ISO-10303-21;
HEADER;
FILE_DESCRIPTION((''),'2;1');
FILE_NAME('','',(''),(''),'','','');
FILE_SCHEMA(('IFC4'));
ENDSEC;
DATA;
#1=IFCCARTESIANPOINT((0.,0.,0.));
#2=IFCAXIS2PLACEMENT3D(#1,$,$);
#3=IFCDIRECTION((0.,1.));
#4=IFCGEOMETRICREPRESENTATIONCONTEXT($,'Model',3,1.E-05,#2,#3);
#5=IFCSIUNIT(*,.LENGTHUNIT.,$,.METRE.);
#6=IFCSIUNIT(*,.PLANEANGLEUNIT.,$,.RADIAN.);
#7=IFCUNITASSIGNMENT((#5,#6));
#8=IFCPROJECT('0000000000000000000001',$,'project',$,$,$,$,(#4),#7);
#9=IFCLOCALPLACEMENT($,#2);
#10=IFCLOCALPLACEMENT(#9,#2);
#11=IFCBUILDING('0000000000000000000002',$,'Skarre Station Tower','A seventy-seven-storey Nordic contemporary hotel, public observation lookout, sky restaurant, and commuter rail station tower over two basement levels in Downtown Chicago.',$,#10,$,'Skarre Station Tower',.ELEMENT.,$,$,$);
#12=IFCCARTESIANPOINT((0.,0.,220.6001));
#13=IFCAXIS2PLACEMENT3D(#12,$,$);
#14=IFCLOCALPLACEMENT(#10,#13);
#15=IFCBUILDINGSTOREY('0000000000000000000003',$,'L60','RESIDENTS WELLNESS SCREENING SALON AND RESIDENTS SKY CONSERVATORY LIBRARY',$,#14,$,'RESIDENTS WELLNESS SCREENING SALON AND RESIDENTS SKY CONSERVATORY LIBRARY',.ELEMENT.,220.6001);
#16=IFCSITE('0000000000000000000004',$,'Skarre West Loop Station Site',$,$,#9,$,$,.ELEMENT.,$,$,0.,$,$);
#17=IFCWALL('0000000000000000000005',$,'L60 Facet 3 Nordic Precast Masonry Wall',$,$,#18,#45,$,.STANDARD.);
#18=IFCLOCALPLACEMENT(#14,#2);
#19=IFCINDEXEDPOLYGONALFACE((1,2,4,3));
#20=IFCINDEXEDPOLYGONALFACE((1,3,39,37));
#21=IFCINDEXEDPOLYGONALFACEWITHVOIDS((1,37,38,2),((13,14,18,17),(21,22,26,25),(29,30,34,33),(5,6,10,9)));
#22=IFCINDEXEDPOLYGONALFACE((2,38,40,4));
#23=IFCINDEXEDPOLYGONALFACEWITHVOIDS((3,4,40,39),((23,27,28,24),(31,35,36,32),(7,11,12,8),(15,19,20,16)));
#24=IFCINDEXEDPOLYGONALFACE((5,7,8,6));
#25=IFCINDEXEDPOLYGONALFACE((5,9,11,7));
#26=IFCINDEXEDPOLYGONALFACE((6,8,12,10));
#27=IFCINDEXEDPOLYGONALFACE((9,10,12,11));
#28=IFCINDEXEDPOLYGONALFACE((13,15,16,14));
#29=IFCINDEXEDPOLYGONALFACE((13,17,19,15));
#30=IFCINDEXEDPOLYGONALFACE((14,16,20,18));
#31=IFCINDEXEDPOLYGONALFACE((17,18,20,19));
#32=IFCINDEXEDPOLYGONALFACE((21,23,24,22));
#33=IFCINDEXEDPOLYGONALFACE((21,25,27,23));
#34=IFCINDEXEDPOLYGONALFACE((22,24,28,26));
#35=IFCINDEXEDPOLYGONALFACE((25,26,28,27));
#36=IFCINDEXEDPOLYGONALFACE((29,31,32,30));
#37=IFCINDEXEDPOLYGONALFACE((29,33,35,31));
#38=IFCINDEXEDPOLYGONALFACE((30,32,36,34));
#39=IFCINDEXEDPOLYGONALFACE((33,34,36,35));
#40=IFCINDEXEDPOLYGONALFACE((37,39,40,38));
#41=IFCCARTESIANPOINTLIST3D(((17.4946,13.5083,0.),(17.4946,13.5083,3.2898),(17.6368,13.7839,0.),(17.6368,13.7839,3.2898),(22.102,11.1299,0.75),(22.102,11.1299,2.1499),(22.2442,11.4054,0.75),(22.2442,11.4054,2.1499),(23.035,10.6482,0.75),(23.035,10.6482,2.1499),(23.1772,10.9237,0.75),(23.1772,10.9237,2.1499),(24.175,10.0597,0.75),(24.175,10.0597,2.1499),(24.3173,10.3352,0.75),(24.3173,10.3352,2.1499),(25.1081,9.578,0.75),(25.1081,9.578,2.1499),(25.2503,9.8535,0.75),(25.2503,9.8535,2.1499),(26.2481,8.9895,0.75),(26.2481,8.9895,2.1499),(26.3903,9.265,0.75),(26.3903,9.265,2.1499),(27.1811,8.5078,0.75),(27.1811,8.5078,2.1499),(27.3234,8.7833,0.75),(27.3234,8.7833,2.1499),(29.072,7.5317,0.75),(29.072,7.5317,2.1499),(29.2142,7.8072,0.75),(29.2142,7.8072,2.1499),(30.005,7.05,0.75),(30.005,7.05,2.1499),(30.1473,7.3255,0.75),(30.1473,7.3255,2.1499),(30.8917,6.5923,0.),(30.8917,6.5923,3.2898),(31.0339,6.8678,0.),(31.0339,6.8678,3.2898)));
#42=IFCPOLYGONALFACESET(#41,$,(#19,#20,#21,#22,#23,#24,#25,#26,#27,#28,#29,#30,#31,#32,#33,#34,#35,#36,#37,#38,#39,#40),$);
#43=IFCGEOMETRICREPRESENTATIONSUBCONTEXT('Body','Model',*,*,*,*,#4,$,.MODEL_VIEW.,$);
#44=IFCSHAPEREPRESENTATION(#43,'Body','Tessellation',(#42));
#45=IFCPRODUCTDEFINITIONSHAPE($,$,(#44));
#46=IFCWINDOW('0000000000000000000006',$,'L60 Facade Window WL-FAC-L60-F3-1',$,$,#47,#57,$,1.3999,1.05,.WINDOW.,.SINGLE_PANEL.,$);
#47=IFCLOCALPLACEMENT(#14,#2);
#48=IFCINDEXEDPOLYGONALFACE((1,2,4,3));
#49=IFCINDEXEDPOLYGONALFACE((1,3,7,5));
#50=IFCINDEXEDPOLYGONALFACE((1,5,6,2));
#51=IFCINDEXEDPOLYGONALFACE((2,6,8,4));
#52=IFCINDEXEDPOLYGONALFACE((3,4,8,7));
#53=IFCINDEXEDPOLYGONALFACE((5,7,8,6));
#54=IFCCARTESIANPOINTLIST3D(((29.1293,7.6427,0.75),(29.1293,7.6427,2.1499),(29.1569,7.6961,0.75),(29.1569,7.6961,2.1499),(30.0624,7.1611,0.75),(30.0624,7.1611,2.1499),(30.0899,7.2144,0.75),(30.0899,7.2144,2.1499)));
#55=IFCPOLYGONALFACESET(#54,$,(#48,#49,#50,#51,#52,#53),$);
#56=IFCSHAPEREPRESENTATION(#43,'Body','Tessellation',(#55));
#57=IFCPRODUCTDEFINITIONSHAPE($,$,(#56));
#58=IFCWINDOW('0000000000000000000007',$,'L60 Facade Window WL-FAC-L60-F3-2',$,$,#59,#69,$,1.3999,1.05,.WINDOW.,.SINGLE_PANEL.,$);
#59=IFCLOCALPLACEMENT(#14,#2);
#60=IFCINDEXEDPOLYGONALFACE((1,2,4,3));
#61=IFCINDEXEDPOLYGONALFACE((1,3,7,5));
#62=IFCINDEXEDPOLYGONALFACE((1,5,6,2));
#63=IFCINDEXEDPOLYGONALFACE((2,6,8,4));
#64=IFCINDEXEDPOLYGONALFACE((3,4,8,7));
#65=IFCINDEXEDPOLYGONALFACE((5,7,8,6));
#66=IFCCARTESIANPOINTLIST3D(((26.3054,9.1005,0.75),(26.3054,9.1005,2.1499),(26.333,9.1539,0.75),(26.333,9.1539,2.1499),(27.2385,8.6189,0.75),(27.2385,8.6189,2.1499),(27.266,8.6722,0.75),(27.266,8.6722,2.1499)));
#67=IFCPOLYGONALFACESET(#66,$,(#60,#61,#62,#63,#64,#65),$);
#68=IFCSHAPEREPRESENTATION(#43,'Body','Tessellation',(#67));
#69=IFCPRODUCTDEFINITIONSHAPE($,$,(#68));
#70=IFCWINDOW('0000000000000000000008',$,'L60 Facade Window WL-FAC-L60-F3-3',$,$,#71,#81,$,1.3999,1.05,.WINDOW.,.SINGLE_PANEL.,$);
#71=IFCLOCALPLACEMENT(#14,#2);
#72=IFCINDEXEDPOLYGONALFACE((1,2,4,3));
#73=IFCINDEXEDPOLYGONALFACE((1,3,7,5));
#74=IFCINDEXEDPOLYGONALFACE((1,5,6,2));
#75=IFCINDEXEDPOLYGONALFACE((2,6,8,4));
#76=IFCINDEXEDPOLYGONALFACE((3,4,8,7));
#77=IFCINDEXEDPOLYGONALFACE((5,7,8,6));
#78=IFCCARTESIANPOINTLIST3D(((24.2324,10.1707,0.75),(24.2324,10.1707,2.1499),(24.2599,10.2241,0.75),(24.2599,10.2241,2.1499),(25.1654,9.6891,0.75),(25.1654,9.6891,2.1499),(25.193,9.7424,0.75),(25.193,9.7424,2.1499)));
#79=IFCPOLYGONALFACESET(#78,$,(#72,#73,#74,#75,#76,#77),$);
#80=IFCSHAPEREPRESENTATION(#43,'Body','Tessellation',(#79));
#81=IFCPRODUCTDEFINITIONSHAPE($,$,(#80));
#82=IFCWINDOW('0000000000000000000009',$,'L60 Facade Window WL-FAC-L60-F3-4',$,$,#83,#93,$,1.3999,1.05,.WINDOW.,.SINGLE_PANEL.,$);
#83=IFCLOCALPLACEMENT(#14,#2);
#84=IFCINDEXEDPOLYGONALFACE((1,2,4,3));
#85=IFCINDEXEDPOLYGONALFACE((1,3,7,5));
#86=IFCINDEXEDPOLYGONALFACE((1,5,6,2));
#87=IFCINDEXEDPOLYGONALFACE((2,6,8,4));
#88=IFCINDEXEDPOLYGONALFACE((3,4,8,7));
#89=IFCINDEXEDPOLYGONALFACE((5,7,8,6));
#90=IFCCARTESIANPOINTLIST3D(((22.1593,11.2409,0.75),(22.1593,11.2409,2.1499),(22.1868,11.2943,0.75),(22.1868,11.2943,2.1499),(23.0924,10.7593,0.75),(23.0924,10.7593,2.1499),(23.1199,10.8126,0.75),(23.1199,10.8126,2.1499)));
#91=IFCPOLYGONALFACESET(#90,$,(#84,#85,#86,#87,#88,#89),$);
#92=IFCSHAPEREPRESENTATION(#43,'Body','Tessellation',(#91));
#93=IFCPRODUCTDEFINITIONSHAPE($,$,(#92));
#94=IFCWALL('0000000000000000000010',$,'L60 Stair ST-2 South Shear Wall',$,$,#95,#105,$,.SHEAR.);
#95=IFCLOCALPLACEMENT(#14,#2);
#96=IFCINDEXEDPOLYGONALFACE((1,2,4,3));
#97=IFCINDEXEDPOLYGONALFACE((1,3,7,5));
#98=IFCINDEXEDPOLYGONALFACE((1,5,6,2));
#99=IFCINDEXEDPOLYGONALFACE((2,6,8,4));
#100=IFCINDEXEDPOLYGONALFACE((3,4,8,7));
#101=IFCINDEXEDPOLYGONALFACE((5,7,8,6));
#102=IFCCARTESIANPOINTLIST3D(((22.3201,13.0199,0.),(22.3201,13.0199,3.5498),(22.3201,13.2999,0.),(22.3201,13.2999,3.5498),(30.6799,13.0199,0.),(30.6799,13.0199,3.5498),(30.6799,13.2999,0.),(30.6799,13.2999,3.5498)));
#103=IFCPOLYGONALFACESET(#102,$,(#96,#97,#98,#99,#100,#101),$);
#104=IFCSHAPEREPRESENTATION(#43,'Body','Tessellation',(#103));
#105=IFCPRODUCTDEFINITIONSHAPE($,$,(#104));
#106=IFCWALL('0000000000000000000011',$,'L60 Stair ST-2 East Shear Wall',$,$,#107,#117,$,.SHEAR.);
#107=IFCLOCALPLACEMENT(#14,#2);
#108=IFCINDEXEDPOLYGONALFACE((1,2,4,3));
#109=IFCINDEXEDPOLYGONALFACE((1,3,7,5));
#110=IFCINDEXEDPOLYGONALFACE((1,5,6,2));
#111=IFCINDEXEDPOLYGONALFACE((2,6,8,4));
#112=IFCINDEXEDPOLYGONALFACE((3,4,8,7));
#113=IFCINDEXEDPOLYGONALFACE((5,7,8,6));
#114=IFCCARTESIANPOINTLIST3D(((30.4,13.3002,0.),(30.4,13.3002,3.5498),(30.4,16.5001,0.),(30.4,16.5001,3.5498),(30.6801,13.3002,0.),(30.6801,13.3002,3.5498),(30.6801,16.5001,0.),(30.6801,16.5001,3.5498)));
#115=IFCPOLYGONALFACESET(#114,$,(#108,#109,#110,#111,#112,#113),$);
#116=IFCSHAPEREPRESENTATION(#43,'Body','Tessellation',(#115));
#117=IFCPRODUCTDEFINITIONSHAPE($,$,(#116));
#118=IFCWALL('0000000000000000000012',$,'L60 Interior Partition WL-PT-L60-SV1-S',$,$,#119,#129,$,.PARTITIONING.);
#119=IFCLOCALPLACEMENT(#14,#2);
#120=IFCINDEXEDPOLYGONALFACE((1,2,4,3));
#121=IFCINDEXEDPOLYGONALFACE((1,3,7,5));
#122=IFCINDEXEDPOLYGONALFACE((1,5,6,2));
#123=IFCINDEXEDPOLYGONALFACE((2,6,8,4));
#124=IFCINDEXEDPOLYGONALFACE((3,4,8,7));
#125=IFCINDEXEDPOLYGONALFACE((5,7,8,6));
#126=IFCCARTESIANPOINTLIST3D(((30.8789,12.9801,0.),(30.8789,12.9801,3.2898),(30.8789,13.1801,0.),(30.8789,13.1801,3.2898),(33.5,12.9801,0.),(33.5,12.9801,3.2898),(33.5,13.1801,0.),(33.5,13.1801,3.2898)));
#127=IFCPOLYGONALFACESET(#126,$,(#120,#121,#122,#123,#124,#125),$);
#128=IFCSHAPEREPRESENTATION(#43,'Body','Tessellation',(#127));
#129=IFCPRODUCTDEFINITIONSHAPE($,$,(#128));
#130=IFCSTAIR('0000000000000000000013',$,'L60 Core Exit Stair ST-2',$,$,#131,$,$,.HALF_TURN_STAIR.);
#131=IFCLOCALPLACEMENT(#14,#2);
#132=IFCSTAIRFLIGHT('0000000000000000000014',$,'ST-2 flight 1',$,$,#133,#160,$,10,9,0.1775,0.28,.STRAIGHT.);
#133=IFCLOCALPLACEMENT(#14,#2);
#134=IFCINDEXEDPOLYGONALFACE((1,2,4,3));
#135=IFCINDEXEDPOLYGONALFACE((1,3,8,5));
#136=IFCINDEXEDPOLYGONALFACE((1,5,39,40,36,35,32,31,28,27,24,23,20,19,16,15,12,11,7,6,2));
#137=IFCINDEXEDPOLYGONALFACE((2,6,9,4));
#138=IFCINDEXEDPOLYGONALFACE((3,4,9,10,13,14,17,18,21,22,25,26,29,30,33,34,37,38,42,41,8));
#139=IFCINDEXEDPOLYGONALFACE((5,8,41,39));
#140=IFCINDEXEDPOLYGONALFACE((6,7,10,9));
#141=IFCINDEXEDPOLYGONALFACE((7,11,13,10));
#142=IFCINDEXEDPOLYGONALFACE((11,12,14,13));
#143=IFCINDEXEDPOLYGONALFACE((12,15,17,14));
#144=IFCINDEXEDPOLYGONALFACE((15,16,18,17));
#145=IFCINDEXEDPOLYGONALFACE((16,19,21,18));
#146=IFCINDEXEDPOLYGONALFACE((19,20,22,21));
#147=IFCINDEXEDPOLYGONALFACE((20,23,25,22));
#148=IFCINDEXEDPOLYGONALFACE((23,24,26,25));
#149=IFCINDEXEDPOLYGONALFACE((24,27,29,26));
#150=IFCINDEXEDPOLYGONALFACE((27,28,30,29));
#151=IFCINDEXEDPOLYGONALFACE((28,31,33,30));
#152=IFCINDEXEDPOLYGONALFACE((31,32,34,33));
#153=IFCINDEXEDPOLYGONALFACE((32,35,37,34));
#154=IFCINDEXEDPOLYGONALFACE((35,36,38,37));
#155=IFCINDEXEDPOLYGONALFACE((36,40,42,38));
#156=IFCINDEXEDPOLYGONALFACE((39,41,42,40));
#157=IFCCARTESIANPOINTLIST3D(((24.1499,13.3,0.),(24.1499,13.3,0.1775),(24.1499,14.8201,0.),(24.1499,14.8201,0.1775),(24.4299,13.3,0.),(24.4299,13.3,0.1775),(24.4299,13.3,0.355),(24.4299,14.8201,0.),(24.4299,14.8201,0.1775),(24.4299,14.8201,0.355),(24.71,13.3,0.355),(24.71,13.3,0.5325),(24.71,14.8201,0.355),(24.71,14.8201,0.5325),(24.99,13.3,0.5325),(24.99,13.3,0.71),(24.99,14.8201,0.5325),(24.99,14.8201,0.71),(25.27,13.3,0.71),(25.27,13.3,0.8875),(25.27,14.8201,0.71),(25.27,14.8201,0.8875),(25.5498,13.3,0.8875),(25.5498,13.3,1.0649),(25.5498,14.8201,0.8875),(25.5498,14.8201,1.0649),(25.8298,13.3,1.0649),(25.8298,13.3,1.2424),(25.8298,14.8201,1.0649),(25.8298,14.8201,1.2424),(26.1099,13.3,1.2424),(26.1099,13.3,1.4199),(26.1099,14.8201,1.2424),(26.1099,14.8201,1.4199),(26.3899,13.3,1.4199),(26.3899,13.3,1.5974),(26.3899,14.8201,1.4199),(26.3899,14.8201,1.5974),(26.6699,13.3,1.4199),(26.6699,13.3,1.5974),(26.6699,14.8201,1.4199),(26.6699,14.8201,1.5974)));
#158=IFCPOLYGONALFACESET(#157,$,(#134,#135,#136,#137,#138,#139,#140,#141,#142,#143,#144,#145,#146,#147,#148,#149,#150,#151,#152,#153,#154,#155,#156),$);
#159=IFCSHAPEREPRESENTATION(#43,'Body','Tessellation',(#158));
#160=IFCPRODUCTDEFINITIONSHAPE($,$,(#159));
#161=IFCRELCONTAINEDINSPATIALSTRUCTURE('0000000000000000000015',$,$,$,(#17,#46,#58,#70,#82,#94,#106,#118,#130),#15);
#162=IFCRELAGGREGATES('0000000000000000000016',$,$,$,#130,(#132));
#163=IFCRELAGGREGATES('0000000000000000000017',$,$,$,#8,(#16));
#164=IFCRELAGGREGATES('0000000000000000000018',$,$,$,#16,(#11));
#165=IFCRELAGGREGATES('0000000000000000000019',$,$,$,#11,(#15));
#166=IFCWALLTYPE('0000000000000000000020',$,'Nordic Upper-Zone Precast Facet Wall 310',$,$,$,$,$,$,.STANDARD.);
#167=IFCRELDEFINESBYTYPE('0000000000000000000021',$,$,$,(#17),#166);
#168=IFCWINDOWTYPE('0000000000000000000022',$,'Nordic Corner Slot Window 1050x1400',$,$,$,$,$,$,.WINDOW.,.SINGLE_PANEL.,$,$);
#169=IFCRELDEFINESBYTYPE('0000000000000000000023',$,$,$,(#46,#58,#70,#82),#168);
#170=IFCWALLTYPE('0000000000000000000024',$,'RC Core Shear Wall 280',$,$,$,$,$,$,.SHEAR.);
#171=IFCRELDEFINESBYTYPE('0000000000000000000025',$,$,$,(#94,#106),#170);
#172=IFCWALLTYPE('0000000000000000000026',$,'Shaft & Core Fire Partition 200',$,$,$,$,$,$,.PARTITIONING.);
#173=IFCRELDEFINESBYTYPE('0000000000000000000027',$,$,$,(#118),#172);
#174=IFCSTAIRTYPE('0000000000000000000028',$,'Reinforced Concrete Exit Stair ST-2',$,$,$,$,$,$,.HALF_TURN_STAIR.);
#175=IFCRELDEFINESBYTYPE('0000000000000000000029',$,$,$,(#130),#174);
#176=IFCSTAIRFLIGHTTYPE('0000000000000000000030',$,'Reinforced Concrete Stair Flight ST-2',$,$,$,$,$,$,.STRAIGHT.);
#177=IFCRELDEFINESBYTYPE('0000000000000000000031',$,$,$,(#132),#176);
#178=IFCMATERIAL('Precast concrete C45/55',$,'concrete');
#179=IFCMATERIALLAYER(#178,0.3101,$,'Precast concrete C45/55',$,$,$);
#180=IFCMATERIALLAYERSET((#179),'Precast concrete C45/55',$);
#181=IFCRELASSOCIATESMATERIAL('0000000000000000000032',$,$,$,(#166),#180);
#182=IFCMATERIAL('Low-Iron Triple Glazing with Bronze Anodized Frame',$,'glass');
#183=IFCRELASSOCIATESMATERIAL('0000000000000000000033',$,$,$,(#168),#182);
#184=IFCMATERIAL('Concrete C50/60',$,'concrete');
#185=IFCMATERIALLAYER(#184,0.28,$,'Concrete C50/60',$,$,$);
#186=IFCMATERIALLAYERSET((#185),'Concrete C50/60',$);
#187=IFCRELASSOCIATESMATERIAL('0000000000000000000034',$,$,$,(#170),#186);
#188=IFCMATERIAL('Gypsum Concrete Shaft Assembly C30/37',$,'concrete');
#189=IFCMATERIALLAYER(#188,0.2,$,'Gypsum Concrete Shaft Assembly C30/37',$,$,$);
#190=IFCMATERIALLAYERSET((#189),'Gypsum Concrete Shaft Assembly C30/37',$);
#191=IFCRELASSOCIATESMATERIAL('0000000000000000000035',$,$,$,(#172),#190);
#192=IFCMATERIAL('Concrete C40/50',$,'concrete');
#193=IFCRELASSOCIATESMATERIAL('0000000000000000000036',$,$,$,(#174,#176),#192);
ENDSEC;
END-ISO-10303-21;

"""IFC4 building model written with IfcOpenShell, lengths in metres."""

from ifc_helpers import new_model, si_unit, direction, frame, frame_2d, origin, place, context, subcontext, project, spatial, polyline, rectangle, outline, extrude, material, layer, layer_set, type_object, element, fill, aggregate, save


model = new_model("IFC4")

# Units and contexts
model_context = context("Model", 3, precision=1e-05, world=origin(), true_north=direction((0.0, 1.0)))
body_context = subcontext(model_context, "Body", "Model", "MODEL_VIEW")
ifc_project = project(units=[si_unit("LENGTHUNIT", "METRE"), si_unit("PLANEANGLEUNIT", "RADIAN")], contexts=[model_context])

# Site, building, storey
site_placement = place(None, origin())
site = spatial("IfcSite", under=ifc_project, at=site_placement, Name="Skarre West Loop Station Site", CompositionType="ELEMENT", RefElevation=0.0)
building_placement = place(site_placement, origin())
building = spatial("IfcBuilding", under=site, at=building_placement, Name="Skarre Station Tower", Description="A seventy-seven-storey Nordic contemporary hotel, public observation lookout, sky restaurant, and commuter rail station tower over two basement levels in Downtown Chicago.", LongName="Skarre Station Tower", CompositionType="ELEMENT")
storey_placement = place(building_placement, frame((0.0, 0.0, 220.6001)))
storey = spatial("IfcBuildingStorey", under=building, at=storey_placement, Name="L60", Description="RESIDENTS WELLNESS SCREENING SALON AND RESIDENTS SKY CONSERVATORY LIBRARY", LongName="RESIDENTS WELLNESS SCREENING SALON AND RESIDENTS SKY CONSERVATORY LIBRARY", CompositionType="ELEMENT", Elevation=220.6001)

# Shared definitions
ifc_material_1 = material(Name="Concrete C50/60", Category="concrete")

# Wall, openings, windows
ifc_material_2 = material(Name="Precast concrete C45/55", Category="concrete")
ifc_layer_1 = layer(ifc_material_2, 0.3101, Name="Precast concrete C45/55")
ifc_layer_set_1 = layer_set([ifc_layer_1], Name="Precast concrete C45/55")
wall_type_1 = type_object("IfcWallType", Name="Nordic Upper-Zone Precast Facet Wall 310", PredefinedType="STANDARD", material=ifc_layer_set_1)
wall_1_placement = place(storey_placement, frame((30.9629, 6.73, 0.0), z_axis=(0.0, 0.0, 1.0), x_axis=(-0.888581, 0.458719, 0.0)))
wall_1 = element("IfcWall", 1, at=wall_1_placement, inside=storey, type_object=wall_type_1, Name="L60 Facet 3 Nordic Precast Masonry Wall", PredefinedType="STANDARD", context=body_context, shape_type="SweptSolid", body=[
    extrude(rectangle(XDim=15.0769, YDim=0.3101, at=frame_2d((7.5386, 0.0))), origin(), (0.0, 0.0, 1.0), 3.2898),
])
opening_1_placement = place(wall_1_placement, frame((0.998, 0.0, 0.75)))
opening_1 = element("IfcOpeningElement", 2, at=opening_1_placement, cuts=wall_1, PredefinedType="OPENING", context=body_context, shape_type="SweptSolid", body=[
    extrude(rectangle(XDim=1.05, YDim=1.3999, at=frame_2d((0.5249, 0.7))), frame((0.0, 0.165, 0.0), z_axis=(0.0, -1.0, 0.0), x_axis=(1.0, 0.0, 0.0)), (0.0, 0.0, 1.0), 0.3301),
])
opening_2_placement = place(wall_1_placement, frame((4.176, 0.0, 0.75)))
opening_2 = element("IfcOpeningElement", 3, at=opening_2_placement, cuts=wall_1, PredefinedType="OPENING", context=body_context, shape_type="SweptSolid", body=[
    extrude(rectangle(XDim=1.05, YDim=1.3999, at=frame_2d((0.5249, 0.7))), frame((0.0, 0.165, 0.0), z_axis=(0.0, -1.0, 0.0), x_axis=(1.0, 0.0, 0.0)), (0.0, 0.0, 1.0), 0.3301),
])
opening_3_placement = place(wall_1_placement, frame((6.509, 0.0, 0.75)))
opening_3 = element("IfcOpeningElement", 4, at=opening_3_placement, cuts=wall_1, PredefinedType="OPENING", context=body_context, shape_type="SweptSolid", body=[
    extrude(rectangle(XDim=1.05, YDim=1.3999, at=frame_2d((0.5249, 0.7))), frame((0.0, 0.165, 0.0), z_axis=(0.0, -1.0, 0.0), x_axis=(1.0, 0.0, 0.0)), (0.0, 0.0, 1.0), 0.3301),
])
opening_4_placement = place(wall_1_placement, frame((8.842, 0.0, 0.75)))
opening_4 = element("IfcOpeningElement", 5, at=opening_4_placement, cuts=wall_1, PredefinedType="OPENING", context=body_context, shape_type="SweptSolid", body=[
    extrude(rectangle(XDim=1.05, YDim=1.3999, at=frame_2d((0.5249, 0.7))), frame((0.0, 0.165, 0.0), z_axis=(0.0, -1.0, 0.0), x_axis=(1.0, 0.0, 0.0)), (0.0, 0.0, 1.0), 0.3301),
])
ifc_material_3 = material(Name="Low-Iron Triple Glazing with Bronze Anodized Frame", Category="glass")
window_type = type_object("IfcWindowType", Name="Nordic Corner Slot Window 1050x1400", PartitioningType="SINGLE_PANEL", PredefinedType="WINDOW", material=ifc_material_3)
window_1_placement = place(opening_1_placement, origin())
window_1 = element("IfcWindow", 6, at=window_1_placement, inside=storey, type_object=window_type, Name="L60 Facade Window WL-FAC-L60-F3-1", OverallHeight=1.3999, OverallWidth=1.05, PartitioningType="SINGLE_PANEL", PredefinedType="WINDOW", context=body_context, shape_type="SweptSolid", body=[
    extrude(rectangle(XDim=1.05, YDim=1.3999, at=frame_2d((0.5249, 0.7))), frame((0.0, 0.03, 0.0), z_axis=(0.0, -1.0, 0.0), x_axis=(1.0, 0.0, 0.0)), (0.0, 0.0, 1.0), 0.0601),
])
fill(opening_1, window_1)
window_2_placement = place(opening_2_placement, origin())
window_2 = element("IfcWindow", 7, at=window_2_placement, inside=storey, type_object=window_type, Name="L60 Facade Window WL-FAC-L60-F3-2", OverallHeight=1.3999, OverallWidth=1.05, PartitioningType="SINGLE_PANEL", PredefinedType="WINDOW", context=body_context, shape_type="SweptSolid", body=[
    extrude(rectangle(XDim=1.05, YDim=1.3999, at=frame_2d((0.5249, 0.7))), frame((0.0, 0.03, 0.0), z_axis=(0.0, -1.0, 0.0), x_axis=(1.0, 0.0, 0.0)), (0.0, 0.0, 1.0), 0.0601),
])
fill(opening_2, window_2)
window_3_placement = place(opening_3_placement, origin())
window_3 = element("IfcWindow", 8, at=window_3_placement, inside=storey, type_object=window_type, Name="L60 Facade Window WL-FAC-L60-F3-3", OverallHeight=1.3999, OverallWidth=1.05, PartitioningType="SINGLE_PANEL", PredefinedType="WINDOW", context=body_context, shape_type="SweptSolid", body=[
    extrude(rectangle(XDim=1.05, YDim=1.3999, at=frame_2d((0.5249, 0.7))), frame((0.0, 0.03, 0.0), z_axis=(0.0, -1.0, 0.0), x_axis=(1.0, 0.0, 0.0)), (0.0, 0.0, 1.0), 0.0601),
])
fill(opening_3, window_3)
window_4_placement = place(opening_4_placement, origin())
window_4 = element("IfcWindow", 9, at=window_4_placement, inside=storey, type_object=window_type, Name="L60 Facade Window WL-FAC-L60-F3-4", OverallHeight=1.3999, OverallWidth=1.05, PartitioningType="SINGLE_PANEL", PredefinedType="WINDOW", context=body_context, shape_type="SweptSolid", body=[
    extrude(rectangle(XDim=1.05, YDim=1.3999, at=frame_2d((0.5249, 0.7))), frame((0.0, 0.03, 0.0), z_axis=(0.0, -1.0, 0.0), x_axis=(1.0, 0.0, 0.0)), (0.0, 0.0, 1.0), 0.0601),
])
fill(opening_4, window_4)

# Walls
ifc_layer_2 = layer(ifc_material_1, 0.28, Name="Concrete C50/60")
ifc_layer_set_2 = layer_set([ifc_layer_2], Name="Concrete C50/60")
wall_type_2 = type_object("IfcWallType", Name="RC Core Shear Wall 280", PredefinedType="SHEAR", material=ifc_layer_set_2)
wall_2_placement = place(storey_placement, frame((22.3201, 13.1599, 0.0), z_axis=(0.0, 0.0, 1.0), x_axis=(1.0, 0.0, 0.0)))
element("IfcWall", 10, at=wall_2_placement, inside=storey, type_object=wall_type_2, Name="L60 Stair ST-2 South Shear Wall", PredefinedType="SHEAR", context=body_context, shape_type="SweptSolid", body=[
    extrude(rectangle(XDim=8.3599, YDim=0.28, at=frame_2d((4.1799, 0.0))), origin(), (0.0, 0.0, 1.0), 3.5498),
])
wall_3_placement = place(storey_placement, frame((30.54, 13.3, 0.0), z_axis=(0.0, 0.0, 1.0), x_axis=(0.0, 1.0, 0.0)))
element("IfcWall", 11, at=wall_3_placement, inside=storey, type_object=wall_type_2, Name="L60 Stair ST-2 East Shear Wall", PredefinedType="SHEAR", context=body_context, shape_type="SweptSolid", body=[
    extrude(rectangle(XDim=3.2, YDim=0.28, at=frame_2d((1.6001, 0.0))), origin(), (0.0, 0.0, 1.0), 3.5498),
])
ifc_material_4 = material(Name="Gypsum Concrete Shaft Assembly C30/37", Category="concrete")
ifc_layer_3 = layer(ifc_material_4, 0.2, Name="Gypsum Concrete Shaft Assembly C30/37")
ifc_layer_set_3 = layer_set([ifc_layer_3], Name="Gypsum Concrete Shaft Assembly C30/37")
wall_type_3 = type_object("IfcWallType", Name="Shaft & Core Fire Partition 200", PredefinedType="PARTITIONING", material=ifc_layer_set_3)
wall_4_placement = place(storey_placement, frame((30.8789, 13.0801, 0.0), z_axis=(0.0, 0.0, 1.0), x_axis=(1.0, 0.0, 0.0)))
element("IfcWall", 12, at=wall_4_placement, inside=storey, type_object=wall_type_3, Name="L60 Interior Partition WL-PT-L60-SV1-S", PredefinedType="PARTITIONING", context=body_context, shape_type="SweptSolid", body=[
    extrude(rectangle(XDim=2.6211, YDim=0.2, at=frame_2d((1.3105, 0.0))), origin(), (0.0, 0.0, 1.0), 3.2898),
])

# Stair, stair flight
ifc_material_5 = material(Name="Concrete C40/50", Category="concrete")
stair_type = type_object("IfcStairType", Name="Reinforced Concrete Exit Stair ST-2", PredefinedType="HALF_TURN_STAIR", material=ifc_material_5)
stair_placement = place(storey_placement, origin())
stair = element("IfcStair", 13, at=stair_placement, inside=storey, type_object=stair_type, Name="L60 Core Exit Stair ST-2", PredefinedType="HALF_TURN_STAIR")
stair_flight_type = type_object("IfcStairFlightType", Name="Reinforced Concrete Stair Flight ST-2", PredefinedType="STRAIGHT", material=ifc_material_5)
stair_flight_placement = place(storey_placement, frame((24.1499, 14.0601, 0.0), z_axis=(0.0, 0.0, 1.0), x_axis=(1.0, 0.0, 0.0)))
stair_flight = element("IfcStairFlight", 14, at=stair_flight_placement, type_object=stair_flight_type, Name="ST-2 flight 1", NumberOfRisers=10, NumberOfTreads=9, PredefinedType="STRAIGHT", RiserHeight=0.1775, TreadLength=0.28, context=body_context, shape_type="SweptSolid", body=[
    extrude(outline(polyline([(0.0, 0.0), (0.0, 0.1775), (0.28, 0.1775), (0.28, 0.355), (0.5601, 0.355), (0.5601, 0.5325), (0.8401, 0.5325), (0.8401, 0.71), (1.1201, 0.71), (1.1201, 0.8875), (1.3999, 0.8875), (1.3999, 1.0649), (1.6799, 1.0649), (1.6799, 1.2424), (1.96, 1.2424), (1.96, 1.4199), (2.24, 1.4199), (2.24, 1.5974), (2.52, 1.5974), (2.52, 1.7749), (2.52, 1.4199), (0.28, 0.0), (0.0, 0.0)])), frame((0.0, 0.76, 0.0), z_axis=(0.0, -1.0, 0.0), x_axis=(1.0, 0.0, 0.0)), (0.0, 0.0, 1.0), 1.52),
])
aggregate(stair, [stair_flight])

save(model, "model.ifc")
